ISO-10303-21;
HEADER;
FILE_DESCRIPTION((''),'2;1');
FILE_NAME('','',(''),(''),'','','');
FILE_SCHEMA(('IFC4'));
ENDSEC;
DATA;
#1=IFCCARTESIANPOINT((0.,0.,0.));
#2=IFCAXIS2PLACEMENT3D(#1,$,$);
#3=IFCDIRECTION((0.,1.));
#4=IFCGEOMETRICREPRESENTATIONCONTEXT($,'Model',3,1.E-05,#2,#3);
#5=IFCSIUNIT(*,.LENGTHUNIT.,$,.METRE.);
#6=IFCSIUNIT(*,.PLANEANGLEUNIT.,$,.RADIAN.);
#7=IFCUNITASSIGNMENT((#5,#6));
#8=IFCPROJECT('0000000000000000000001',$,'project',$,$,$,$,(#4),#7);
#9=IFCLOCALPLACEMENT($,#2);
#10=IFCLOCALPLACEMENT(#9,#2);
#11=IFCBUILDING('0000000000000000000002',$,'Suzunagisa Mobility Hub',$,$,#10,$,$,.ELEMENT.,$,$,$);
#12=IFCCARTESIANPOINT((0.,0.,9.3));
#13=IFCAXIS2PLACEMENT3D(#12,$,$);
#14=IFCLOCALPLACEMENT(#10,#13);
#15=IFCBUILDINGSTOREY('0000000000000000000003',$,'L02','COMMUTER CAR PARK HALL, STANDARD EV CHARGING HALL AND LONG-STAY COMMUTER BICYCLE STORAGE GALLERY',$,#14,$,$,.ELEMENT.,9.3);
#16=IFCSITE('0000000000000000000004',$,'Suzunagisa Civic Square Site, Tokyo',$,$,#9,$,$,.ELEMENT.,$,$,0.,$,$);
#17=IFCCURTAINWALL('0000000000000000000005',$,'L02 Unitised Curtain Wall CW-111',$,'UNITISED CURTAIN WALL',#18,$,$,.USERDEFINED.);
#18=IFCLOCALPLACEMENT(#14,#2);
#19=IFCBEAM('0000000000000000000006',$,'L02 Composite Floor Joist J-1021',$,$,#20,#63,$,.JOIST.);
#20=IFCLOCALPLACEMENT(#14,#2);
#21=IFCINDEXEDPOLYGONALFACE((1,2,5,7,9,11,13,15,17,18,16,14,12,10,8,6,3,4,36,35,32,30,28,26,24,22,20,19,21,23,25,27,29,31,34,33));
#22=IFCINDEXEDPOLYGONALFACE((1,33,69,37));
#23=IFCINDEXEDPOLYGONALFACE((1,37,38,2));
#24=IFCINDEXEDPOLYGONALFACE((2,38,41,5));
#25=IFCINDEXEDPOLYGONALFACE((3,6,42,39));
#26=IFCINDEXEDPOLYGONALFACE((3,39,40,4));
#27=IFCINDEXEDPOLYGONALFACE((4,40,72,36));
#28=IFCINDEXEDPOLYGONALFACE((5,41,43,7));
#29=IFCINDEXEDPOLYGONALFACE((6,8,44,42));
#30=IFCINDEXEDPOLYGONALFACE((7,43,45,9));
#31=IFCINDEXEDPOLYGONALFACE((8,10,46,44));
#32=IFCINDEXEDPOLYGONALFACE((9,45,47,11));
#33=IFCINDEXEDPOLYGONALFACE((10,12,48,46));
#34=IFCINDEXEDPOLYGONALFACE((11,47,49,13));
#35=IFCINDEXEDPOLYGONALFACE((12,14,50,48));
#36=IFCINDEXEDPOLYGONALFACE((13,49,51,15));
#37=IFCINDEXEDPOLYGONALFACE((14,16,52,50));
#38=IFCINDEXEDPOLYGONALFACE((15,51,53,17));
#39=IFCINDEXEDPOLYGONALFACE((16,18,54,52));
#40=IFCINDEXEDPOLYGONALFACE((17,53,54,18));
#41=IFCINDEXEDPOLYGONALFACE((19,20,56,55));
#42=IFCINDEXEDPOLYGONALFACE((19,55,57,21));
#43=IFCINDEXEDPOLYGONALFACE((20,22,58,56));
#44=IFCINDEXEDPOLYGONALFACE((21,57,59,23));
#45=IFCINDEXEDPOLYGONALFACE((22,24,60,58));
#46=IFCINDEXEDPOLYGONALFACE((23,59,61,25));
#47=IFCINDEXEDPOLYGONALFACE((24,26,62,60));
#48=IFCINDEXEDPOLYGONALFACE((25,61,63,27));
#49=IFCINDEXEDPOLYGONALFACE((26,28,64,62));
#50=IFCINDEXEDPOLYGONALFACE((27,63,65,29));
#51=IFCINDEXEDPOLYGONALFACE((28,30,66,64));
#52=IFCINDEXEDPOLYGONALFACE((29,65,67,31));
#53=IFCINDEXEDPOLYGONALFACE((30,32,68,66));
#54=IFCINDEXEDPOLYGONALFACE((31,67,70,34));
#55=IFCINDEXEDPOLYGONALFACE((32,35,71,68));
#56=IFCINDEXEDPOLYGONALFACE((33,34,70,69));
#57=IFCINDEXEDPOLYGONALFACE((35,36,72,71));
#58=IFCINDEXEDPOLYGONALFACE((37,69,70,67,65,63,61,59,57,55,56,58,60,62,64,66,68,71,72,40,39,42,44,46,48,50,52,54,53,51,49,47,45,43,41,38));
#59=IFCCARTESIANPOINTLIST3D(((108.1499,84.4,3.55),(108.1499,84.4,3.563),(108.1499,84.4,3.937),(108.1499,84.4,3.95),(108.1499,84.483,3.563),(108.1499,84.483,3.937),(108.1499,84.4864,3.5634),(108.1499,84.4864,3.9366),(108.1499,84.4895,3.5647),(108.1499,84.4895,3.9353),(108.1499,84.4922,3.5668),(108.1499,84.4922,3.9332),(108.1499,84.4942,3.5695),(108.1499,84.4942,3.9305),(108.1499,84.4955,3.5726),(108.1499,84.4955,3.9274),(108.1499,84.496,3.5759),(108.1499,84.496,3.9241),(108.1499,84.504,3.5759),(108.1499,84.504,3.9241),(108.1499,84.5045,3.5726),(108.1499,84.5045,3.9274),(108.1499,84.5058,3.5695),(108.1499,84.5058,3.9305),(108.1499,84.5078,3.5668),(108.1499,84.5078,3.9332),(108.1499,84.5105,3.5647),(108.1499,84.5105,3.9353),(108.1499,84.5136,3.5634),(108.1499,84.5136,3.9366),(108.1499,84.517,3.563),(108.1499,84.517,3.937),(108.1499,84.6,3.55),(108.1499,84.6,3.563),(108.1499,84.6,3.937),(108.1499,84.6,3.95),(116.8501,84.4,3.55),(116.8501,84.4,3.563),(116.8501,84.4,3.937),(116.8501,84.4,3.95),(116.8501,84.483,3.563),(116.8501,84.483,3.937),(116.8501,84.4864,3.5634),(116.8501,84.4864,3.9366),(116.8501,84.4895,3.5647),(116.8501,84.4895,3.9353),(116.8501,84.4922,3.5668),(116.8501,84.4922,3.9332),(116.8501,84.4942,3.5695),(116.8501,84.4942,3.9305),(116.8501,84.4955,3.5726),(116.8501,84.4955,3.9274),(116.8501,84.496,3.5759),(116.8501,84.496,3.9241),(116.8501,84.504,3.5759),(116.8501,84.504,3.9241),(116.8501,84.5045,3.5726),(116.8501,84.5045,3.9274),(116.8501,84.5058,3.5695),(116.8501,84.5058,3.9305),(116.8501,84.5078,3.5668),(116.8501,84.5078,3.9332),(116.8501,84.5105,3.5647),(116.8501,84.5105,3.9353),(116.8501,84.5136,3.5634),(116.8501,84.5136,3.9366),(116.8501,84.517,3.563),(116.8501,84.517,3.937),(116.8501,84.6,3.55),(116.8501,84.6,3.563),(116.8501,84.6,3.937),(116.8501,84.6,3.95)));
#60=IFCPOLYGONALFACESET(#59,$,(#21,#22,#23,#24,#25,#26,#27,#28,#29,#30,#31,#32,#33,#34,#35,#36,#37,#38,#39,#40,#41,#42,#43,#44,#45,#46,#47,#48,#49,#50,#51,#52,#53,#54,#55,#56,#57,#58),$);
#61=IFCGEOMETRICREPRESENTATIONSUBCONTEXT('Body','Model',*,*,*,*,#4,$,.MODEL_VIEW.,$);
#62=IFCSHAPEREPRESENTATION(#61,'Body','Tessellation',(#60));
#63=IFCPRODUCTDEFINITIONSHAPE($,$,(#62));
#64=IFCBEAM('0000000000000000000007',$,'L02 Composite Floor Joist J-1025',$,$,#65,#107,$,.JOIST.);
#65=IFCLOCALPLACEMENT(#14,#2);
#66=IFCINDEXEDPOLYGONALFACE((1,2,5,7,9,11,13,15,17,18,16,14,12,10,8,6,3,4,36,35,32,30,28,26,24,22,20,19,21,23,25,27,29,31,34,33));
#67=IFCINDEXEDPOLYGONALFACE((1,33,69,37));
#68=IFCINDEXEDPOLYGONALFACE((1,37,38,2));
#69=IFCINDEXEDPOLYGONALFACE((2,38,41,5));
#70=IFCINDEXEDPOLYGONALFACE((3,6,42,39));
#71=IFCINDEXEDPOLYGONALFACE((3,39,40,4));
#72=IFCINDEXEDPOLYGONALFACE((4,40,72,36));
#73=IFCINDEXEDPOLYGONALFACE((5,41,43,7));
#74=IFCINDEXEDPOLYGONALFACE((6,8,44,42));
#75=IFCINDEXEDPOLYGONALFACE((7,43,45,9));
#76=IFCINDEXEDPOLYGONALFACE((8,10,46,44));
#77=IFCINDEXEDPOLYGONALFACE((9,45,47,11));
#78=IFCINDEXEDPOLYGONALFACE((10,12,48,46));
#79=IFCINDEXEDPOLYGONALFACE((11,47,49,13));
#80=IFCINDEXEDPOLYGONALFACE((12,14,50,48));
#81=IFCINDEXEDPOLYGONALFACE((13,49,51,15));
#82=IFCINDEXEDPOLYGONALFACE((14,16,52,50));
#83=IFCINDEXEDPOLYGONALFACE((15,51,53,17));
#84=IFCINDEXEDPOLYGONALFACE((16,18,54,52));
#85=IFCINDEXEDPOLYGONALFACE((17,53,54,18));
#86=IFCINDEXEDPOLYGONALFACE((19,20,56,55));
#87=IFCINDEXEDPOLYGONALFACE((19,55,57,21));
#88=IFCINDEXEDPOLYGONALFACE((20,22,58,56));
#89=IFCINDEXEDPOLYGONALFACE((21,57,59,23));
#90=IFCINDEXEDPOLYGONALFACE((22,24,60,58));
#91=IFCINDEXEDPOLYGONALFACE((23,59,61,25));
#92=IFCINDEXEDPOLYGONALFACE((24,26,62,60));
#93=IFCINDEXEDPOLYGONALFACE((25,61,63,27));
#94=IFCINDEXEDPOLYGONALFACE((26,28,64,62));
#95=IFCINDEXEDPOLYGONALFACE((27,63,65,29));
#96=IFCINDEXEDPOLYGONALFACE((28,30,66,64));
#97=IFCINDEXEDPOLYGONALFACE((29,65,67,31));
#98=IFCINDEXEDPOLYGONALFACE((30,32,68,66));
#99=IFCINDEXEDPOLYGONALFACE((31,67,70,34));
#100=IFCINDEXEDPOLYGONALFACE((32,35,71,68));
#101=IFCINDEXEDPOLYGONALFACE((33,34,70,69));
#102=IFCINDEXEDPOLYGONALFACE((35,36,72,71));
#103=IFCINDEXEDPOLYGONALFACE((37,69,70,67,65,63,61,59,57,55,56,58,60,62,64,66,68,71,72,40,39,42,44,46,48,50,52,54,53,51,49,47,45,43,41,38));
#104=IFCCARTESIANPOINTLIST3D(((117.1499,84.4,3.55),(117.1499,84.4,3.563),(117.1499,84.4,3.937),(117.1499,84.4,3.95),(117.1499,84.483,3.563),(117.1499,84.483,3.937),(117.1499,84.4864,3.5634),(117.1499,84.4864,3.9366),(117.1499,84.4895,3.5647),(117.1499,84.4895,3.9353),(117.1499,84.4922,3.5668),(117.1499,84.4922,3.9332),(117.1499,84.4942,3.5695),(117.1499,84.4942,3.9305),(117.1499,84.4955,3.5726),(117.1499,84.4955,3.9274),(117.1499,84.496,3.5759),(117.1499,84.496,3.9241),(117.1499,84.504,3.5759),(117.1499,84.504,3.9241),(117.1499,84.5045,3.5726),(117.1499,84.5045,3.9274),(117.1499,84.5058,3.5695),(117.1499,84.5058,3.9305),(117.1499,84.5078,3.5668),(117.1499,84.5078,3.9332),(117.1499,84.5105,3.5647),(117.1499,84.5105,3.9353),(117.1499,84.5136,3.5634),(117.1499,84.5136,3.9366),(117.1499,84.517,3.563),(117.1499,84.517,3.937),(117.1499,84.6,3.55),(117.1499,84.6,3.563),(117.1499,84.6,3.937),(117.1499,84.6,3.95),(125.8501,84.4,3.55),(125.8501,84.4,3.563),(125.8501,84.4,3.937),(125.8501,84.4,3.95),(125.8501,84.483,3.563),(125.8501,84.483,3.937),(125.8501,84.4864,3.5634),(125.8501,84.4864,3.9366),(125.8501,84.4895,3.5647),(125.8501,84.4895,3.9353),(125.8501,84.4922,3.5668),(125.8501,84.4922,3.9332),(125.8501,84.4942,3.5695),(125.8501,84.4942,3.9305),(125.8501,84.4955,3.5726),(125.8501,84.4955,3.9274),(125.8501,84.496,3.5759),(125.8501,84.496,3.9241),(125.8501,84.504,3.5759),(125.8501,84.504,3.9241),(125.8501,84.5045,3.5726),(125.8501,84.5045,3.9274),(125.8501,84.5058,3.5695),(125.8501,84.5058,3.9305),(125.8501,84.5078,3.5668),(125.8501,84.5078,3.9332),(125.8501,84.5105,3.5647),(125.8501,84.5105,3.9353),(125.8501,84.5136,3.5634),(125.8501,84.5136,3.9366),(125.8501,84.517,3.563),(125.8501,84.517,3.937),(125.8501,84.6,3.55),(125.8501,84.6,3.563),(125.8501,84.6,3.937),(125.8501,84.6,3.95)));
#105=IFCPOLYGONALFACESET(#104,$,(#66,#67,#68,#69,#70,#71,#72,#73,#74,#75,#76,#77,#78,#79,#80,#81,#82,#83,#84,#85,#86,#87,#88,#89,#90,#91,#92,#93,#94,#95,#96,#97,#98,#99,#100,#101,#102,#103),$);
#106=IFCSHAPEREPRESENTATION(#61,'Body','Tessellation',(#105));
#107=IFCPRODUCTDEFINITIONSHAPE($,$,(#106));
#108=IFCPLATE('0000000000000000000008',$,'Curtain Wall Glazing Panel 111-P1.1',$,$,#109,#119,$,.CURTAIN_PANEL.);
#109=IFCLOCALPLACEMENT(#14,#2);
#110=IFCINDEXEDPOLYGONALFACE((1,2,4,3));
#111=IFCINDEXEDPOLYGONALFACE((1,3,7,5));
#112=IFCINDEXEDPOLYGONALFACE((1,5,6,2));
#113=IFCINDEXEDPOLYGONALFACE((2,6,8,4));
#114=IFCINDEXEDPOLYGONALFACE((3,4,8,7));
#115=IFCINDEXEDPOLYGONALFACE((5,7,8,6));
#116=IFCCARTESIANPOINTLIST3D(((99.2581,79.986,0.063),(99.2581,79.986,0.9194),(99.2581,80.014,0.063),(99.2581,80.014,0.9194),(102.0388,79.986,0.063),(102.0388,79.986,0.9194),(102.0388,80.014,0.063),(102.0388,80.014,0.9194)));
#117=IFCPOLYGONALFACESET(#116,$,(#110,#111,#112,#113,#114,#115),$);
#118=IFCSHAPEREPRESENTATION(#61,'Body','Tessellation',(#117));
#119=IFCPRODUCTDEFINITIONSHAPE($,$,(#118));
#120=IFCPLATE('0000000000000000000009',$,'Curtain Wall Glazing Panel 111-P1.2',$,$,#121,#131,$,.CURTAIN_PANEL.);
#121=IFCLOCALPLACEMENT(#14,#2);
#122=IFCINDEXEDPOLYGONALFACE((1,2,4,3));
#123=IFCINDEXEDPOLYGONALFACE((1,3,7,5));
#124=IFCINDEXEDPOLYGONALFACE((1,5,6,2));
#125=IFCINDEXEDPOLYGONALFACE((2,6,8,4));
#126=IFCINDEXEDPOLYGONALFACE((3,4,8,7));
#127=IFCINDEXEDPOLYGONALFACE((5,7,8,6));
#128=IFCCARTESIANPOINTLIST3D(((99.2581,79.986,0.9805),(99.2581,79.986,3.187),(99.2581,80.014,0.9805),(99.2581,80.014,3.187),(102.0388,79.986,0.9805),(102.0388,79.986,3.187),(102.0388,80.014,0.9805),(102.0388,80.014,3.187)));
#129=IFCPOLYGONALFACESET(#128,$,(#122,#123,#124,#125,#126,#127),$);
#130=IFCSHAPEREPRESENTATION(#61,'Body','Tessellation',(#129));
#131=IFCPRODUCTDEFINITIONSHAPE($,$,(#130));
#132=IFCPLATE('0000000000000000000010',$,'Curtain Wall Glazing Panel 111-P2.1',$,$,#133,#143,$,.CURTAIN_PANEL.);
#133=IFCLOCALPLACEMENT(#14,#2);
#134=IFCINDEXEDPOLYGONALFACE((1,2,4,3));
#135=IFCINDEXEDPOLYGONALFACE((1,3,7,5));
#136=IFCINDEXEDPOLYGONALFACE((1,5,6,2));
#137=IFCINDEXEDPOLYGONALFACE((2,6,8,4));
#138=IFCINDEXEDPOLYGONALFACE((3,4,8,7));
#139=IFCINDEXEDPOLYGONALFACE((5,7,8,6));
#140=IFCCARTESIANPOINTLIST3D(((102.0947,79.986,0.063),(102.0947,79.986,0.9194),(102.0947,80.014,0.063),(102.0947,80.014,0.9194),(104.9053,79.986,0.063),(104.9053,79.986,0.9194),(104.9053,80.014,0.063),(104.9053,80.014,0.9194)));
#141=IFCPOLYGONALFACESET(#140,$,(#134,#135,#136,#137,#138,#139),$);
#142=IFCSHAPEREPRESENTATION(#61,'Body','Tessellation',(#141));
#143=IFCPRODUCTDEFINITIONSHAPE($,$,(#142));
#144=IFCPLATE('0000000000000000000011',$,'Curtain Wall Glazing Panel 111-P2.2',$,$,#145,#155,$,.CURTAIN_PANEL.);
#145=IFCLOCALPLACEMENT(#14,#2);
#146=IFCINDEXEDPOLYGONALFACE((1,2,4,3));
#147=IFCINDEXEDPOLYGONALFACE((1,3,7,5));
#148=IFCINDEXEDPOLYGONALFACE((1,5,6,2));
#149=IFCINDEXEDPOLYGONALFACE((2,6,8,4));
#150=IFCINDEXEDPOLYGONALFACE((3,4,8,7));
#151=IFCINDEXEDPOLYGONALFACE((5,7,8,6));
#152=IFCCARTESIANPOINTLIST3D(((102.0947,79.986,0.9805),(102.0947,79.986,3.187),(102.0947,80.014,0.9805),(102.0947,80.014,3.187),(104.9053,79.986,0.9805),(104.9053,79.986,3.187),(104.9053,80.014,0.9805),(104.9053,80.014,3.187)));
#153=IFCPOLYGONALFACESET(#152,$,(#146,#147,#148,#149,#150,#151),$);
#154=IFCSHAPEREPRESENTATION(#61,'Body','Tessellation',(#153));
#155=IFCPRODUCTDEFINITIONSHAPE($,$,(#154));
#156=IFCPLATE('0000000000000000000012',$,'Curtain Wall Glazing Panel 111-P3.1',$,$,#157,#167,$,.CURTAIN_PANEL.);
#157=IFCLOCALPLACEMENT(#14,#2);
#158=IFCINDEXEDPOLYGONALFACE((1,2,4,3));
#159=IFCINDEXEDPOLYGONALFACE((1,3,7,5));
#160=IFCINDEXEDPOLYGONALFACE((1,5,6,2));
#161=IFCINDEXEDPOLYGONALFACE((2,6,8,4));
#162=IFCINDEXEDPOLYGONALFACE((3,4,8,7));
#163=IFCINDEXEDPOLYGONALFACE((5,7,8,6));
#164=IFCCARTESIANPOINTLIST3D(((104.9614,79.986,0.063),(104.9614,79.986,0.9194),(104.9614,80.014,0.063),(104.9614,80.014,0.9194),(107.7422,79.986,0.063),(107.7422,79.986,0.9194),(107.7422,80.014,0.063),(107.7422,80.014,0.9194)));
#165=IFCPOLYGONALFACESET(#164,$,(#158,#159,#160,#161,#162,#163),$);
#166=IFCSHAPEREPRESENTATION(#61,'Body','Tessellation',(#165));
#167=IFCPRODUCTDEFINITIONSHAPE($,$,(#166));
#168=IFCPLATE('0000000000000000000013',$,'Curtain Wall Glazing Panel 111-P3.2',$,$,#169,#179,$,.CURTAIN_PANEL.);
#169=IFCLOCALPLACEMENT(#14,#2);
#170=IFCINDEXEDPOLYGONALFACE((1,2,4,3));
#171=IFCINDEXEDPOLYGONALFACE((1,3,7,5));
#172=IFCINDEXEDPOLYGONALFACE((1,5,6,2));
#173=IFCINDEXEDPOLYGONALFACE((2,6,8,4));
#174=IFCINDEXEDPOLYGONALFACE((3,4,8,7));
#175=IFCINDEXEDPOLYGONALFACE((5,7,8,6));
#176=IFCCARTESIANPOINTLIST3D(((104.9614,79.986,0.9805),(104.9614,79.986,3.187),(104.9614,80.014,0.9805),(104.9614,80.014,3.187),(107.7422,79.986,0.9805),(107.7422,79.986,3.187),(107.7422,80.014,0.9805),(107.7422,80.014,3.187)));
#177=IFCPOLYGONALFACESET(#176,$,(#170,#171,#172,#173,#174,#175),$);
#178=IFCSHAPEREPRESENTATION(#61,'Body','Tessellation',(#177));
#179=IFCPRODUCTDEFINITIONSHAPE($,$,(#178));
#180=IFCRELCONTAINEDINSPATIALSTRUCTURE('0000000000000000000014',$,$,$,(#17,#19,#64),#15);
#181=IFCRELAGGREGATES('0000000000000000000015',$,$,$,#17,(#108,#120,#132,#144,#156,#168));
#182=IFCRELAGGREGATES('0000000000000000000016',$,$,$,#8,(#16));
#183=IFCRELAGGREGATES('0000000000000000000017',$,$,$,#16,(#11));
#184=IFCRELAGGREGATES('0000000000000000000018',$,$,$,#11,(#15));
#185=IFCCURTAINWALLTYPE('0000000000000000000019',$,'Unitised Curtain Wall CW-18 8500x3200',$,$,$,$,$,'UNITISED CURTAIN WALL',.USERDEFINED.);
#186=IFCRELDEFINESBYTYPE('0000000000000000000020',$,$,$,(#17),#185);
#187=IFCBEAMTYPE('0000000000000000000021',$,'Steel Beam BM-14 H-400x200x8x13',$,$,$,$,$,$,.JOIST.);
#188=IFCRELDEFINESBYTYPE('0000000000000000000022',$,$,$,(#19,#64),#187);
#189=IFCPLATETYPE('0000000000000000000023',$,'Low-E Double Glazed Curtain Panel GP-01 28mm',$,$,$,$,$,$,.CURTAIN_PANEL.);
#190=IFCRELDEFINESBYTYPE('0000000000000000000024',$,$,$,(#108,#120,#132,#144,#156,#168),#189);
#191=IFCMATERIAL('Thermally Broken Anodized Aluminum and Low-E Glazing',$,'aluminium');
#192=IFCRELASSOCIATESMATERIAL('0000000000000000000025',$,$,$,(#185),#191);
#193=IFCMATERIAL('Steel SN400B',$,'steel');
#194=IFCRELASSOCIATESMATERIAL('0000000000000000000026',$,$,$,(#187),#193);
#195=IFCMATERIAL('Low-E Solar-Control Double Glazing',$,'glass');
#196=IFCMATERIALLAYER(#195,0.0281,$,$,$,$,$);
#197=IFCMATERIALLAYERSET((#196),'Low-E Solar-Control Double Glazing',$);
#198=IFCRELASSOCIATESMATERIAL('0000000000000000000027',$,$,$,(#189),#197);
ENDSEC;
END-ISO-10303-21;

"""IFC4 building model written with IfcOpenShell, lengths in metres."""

from ifc_helpers import new_model, si_unit, direction, frame, origin, origin_2d, place, context, subcontext, project, spatial, rectangle, i_section, extrude, material, layer, layer_set, material_profile, profile_set, type_object, element, aggregate, save


model = new_model("IFC4")

# Units and contexts
model_context = context("Model", 3, precision=1e-05, world=origin(), true_north=direction((0.0, 1.0)))
body_context = subcontext(model_context, "Body", "Model", "MODEL_VIEW")
ifc_project = project(units=[si_unit("LENGTHUNIT", "METRE"), si_unit("PLANEANGLEUNIT", "RADIAN")], contexts=[model_context])

# Site, building, storey
site_placement = place(None, origin())
site = spatial("IfcSite", under=ifc_project, at=site_placement, Name="Suzunagisa Civic Square Site, Tokyo", CompositionType="ELEMENT", RefElevation=0.0)
building_placement = place(site_placement, origin())
building = spatial("IfcBuilding", under=site, at=building_placement, Name="Suzunagisa Mobility Hub", CompositionType="ELEMENT")
storey_placement = place(building_placement, frame((0.0, 0.0, 9.3)))
storey = spatial("IfcBuildingStorey", under=building, at=storey_placement, Name="L02", Description="COMMUTER CAR PARK HALL, STANDARD EV CHARGING HALL AND LONG-STAY COMMUTER BICYCLE STORAGE GALLERY", CompositionType="ELEMENT", Elevation=9.3)

# Curtain wall
ifc_material_1 = material(Name="Thermally Broken Anodized Aluminum and Low-E Glazing", Category="aluminium")
curtain_wall_type = type_object("IfcCurtainWallType", Name="Unitised Curtain Wall CW-18 8500x3200", ElementType="UNITISED CURTAIN WALL", PredefinedType="USERDEFINED", material=ifc_material_1)
curtain_wall_placement = place(storey_placement, origin())
curtain_wall = element("IfcCurtainWall", 1, at=curtain_wall_placement, inside=storey, type_object=curtain_wall_type, Name="L02 Unitised Curtain Wall CW-111", ObjectType="UNITISED CURTAIN WALL", PredefinedType="USERDEFINED")

# Beams
ifc_material_2 = material(Name="Steel SN400B", Category="steel")
ifc_material_profile_1 = material_profile(ifc_material_2, i_section(OverallWidth=0.2, OverallDepth=0.3999, WebThickness=0.0081, FlangeThickness=0.0129, FilletRadius=0.0129, at=origin_2d()), Name="H-400x200x8x13")
ifc_profile_set_1 = profile_set([ifc_material_profile_1], Name="Steel SN400B")
beam_type_1 = type_object("IfcBeamType", Name="Steel Beam BM-14 H-400x200x8x13", PredefinedType="JOIST", material=ifc_profile_set_1)
for number, where, z_axis, x_axis, name in (
    (2, (108.1499, 84.5, 3.75), (1.0, 0.0, 0.0), (0.0, 1.0, 0.0), "L02 Composite Floor Joist J-1021"),
    (3, (117.1499, 84.5, 3.75), (1.0, 0.0, 0.0), (0.0, 1.0, 0.0), "L02 Composite Floor Joist J-1025"),
):
    element("IfcBeam", number, at=place(storey_placement, frame(where, z_axis=z_axis, x_axis=x_axis)), inside=storey, type_object=beam_type_1, Name=name, PredefinedType="JOIST", context=body_context, shape_type="SweptSolid", body=[
        extrude(i_section(OverallWidth=0.2, OverallDepth=0.3999, WebThickness=0.0081, FlangeThickness=0.0129, FilletRadius=0.0129, at=origin_2d()), origin(), (0.0, 0.0, 1.0), 8.7002),
    ])

# Plates
ifc_material_3 = material(Name="Low-E Solar-Control Double Glazing", Category="glass")
ifc_layer_1 = layer(ifc_material_3, 0.0281)
ifc_layer_set_1 = layer_set([ifc_layer_1], Name="Low-E Solar-Control Double Glazing")
plate_type = type_object("IfcPlateType", Name="Low-E Double Glazed Curtain Panel GP-01 28mm", PredefinedType="CURTAIN_PANEL", material=ifc_layer_set_1)
plate_1_placement = place(storey_placement, frame((100.6484, 80.0, 0.063), z_axis=(0.0, 0.0, 1.0), x_axis=(1.0, 0.0, 0.0)))
plate_1 = element("IfcPlate", 4, at=plate_1_placement, type_object=plate_type, Name="Curtain Wall Glazing Panel 111-P1.1", PredefinedType="CURTAIN_PANEL", context=body_context, shape_type="SweptSolid", body=[
    extrude(rectangle(XDim=2.7808, YDim=0.0281, at=origin_2d()), origin(), (0.0, 0.0, 1.0), 0.8564),
])
plate_2_placement = place(storey_placement, frame((100.6484, 80.0, 0.9805), z_axis=(0.0, 0.0, 1.0), x_axis=(1.0, 0.0, 0.0)))
plate_2 = element("IfcPlate", 5, at=plate_2_placement, type_object=plate_type, Name="Curtain Wall Glazing Panel 111-P1.2", PredefinedType="CURTAIN_PANEL", context=body_context, shape_type="SweptSolid", body=[
    extrude(rectangle(XDim=2.7808, YDim=0.0281, at=origin_2d()), origin(), (0.0, 0.0, 1.0), 2.2065),
])
plate_3_placement = place(storey_placement, frame((103.5, 80.0, 0.063), z_axis=(0.0, 0.0, 1.0), x_axis=(1.0, 0.0, 0.0)))
plate_3 = element("IfcPlate", 6, at=plate_3_placement, type_object=plate_type, Name="Curtain Wall Glazing Panel 111-P2.1", PredefinedType="CURTAIN_PANEL", context=body_context, shape_type="SweptSolid", body=[
    extrude(rectangle(XDim=2.8105, YDim=0.0281, at=origin_2d()), origin(), (0.0, 0.0, 1.0), 0.8564),
])
plate_4_placement = place(storey_placement, frame((103.5, 80.0, 0.9805), z_axis=(0.0, 0.0, 1.0), x_axis=(1.0, 0.0, 0.0)))
plate_4 = element("IfcPlate", 7, at=plate_4_placement, type_object=plate_type, Name="Curtain Wall Glazing Panel 111-P2.2", PredefinedType="CURTAIN_PANEL", context=body_context, shape_type="SweptSolid", body=[
    extrude(rectangle(XDim=2.8105, YDim=0.0281, at=origin_2d()), origin(), (0.0, 0.0, 1.0), 2.2065),
])
plate_5_placement = place(storey_placement, frame((106.3518, 80.0, 0.063), z_axis=(0.0, 0.0, 1.0), x_axis=(1.0, 0.0, 0.0)))
plate_5 = element("IfcPlate", 8, at=plate_5_placement, type_object=plate_type, Name="Curtain Wall Glazing Panel 111-P3.1", PredefinedType="CURTAIN_PANEL", context=body_context, shape_type="SweptSolid", body=[
    extrude(rectangle(XDim=2.7808, YDim=0.0281, at=origin_2d()), origin(), (0.0, 0.0, 1.0), 0.8564),
])
plate_6_placement = place(storey_placement, frame((106.3518, 80.0, 0.9805), z_axis=(0.0, 0.0, 1.0), x_axis=(1.0, 0.0, 0.0)))
plate_6 = element("IfcPlate", 9, at=plate_6_placement, type_object=plate_type, Name="Curtain Wall Glazing Panel 111-P3.2", PredefinedType="CURTAIN_PANEL", context=body_context, shape_type="SweptSolid", body=[
    extrude(rectangle(XDim=2.7808, YDim=0.0281, at=origin_2d()), origin(), (0.0, 0.0, 1.0), 2.2065),
])
aggregate(curtain_wall, [plate_1, plate_2, plate_3, plate_4, plate_5, plate_6])

save(model, "model.ifc")
